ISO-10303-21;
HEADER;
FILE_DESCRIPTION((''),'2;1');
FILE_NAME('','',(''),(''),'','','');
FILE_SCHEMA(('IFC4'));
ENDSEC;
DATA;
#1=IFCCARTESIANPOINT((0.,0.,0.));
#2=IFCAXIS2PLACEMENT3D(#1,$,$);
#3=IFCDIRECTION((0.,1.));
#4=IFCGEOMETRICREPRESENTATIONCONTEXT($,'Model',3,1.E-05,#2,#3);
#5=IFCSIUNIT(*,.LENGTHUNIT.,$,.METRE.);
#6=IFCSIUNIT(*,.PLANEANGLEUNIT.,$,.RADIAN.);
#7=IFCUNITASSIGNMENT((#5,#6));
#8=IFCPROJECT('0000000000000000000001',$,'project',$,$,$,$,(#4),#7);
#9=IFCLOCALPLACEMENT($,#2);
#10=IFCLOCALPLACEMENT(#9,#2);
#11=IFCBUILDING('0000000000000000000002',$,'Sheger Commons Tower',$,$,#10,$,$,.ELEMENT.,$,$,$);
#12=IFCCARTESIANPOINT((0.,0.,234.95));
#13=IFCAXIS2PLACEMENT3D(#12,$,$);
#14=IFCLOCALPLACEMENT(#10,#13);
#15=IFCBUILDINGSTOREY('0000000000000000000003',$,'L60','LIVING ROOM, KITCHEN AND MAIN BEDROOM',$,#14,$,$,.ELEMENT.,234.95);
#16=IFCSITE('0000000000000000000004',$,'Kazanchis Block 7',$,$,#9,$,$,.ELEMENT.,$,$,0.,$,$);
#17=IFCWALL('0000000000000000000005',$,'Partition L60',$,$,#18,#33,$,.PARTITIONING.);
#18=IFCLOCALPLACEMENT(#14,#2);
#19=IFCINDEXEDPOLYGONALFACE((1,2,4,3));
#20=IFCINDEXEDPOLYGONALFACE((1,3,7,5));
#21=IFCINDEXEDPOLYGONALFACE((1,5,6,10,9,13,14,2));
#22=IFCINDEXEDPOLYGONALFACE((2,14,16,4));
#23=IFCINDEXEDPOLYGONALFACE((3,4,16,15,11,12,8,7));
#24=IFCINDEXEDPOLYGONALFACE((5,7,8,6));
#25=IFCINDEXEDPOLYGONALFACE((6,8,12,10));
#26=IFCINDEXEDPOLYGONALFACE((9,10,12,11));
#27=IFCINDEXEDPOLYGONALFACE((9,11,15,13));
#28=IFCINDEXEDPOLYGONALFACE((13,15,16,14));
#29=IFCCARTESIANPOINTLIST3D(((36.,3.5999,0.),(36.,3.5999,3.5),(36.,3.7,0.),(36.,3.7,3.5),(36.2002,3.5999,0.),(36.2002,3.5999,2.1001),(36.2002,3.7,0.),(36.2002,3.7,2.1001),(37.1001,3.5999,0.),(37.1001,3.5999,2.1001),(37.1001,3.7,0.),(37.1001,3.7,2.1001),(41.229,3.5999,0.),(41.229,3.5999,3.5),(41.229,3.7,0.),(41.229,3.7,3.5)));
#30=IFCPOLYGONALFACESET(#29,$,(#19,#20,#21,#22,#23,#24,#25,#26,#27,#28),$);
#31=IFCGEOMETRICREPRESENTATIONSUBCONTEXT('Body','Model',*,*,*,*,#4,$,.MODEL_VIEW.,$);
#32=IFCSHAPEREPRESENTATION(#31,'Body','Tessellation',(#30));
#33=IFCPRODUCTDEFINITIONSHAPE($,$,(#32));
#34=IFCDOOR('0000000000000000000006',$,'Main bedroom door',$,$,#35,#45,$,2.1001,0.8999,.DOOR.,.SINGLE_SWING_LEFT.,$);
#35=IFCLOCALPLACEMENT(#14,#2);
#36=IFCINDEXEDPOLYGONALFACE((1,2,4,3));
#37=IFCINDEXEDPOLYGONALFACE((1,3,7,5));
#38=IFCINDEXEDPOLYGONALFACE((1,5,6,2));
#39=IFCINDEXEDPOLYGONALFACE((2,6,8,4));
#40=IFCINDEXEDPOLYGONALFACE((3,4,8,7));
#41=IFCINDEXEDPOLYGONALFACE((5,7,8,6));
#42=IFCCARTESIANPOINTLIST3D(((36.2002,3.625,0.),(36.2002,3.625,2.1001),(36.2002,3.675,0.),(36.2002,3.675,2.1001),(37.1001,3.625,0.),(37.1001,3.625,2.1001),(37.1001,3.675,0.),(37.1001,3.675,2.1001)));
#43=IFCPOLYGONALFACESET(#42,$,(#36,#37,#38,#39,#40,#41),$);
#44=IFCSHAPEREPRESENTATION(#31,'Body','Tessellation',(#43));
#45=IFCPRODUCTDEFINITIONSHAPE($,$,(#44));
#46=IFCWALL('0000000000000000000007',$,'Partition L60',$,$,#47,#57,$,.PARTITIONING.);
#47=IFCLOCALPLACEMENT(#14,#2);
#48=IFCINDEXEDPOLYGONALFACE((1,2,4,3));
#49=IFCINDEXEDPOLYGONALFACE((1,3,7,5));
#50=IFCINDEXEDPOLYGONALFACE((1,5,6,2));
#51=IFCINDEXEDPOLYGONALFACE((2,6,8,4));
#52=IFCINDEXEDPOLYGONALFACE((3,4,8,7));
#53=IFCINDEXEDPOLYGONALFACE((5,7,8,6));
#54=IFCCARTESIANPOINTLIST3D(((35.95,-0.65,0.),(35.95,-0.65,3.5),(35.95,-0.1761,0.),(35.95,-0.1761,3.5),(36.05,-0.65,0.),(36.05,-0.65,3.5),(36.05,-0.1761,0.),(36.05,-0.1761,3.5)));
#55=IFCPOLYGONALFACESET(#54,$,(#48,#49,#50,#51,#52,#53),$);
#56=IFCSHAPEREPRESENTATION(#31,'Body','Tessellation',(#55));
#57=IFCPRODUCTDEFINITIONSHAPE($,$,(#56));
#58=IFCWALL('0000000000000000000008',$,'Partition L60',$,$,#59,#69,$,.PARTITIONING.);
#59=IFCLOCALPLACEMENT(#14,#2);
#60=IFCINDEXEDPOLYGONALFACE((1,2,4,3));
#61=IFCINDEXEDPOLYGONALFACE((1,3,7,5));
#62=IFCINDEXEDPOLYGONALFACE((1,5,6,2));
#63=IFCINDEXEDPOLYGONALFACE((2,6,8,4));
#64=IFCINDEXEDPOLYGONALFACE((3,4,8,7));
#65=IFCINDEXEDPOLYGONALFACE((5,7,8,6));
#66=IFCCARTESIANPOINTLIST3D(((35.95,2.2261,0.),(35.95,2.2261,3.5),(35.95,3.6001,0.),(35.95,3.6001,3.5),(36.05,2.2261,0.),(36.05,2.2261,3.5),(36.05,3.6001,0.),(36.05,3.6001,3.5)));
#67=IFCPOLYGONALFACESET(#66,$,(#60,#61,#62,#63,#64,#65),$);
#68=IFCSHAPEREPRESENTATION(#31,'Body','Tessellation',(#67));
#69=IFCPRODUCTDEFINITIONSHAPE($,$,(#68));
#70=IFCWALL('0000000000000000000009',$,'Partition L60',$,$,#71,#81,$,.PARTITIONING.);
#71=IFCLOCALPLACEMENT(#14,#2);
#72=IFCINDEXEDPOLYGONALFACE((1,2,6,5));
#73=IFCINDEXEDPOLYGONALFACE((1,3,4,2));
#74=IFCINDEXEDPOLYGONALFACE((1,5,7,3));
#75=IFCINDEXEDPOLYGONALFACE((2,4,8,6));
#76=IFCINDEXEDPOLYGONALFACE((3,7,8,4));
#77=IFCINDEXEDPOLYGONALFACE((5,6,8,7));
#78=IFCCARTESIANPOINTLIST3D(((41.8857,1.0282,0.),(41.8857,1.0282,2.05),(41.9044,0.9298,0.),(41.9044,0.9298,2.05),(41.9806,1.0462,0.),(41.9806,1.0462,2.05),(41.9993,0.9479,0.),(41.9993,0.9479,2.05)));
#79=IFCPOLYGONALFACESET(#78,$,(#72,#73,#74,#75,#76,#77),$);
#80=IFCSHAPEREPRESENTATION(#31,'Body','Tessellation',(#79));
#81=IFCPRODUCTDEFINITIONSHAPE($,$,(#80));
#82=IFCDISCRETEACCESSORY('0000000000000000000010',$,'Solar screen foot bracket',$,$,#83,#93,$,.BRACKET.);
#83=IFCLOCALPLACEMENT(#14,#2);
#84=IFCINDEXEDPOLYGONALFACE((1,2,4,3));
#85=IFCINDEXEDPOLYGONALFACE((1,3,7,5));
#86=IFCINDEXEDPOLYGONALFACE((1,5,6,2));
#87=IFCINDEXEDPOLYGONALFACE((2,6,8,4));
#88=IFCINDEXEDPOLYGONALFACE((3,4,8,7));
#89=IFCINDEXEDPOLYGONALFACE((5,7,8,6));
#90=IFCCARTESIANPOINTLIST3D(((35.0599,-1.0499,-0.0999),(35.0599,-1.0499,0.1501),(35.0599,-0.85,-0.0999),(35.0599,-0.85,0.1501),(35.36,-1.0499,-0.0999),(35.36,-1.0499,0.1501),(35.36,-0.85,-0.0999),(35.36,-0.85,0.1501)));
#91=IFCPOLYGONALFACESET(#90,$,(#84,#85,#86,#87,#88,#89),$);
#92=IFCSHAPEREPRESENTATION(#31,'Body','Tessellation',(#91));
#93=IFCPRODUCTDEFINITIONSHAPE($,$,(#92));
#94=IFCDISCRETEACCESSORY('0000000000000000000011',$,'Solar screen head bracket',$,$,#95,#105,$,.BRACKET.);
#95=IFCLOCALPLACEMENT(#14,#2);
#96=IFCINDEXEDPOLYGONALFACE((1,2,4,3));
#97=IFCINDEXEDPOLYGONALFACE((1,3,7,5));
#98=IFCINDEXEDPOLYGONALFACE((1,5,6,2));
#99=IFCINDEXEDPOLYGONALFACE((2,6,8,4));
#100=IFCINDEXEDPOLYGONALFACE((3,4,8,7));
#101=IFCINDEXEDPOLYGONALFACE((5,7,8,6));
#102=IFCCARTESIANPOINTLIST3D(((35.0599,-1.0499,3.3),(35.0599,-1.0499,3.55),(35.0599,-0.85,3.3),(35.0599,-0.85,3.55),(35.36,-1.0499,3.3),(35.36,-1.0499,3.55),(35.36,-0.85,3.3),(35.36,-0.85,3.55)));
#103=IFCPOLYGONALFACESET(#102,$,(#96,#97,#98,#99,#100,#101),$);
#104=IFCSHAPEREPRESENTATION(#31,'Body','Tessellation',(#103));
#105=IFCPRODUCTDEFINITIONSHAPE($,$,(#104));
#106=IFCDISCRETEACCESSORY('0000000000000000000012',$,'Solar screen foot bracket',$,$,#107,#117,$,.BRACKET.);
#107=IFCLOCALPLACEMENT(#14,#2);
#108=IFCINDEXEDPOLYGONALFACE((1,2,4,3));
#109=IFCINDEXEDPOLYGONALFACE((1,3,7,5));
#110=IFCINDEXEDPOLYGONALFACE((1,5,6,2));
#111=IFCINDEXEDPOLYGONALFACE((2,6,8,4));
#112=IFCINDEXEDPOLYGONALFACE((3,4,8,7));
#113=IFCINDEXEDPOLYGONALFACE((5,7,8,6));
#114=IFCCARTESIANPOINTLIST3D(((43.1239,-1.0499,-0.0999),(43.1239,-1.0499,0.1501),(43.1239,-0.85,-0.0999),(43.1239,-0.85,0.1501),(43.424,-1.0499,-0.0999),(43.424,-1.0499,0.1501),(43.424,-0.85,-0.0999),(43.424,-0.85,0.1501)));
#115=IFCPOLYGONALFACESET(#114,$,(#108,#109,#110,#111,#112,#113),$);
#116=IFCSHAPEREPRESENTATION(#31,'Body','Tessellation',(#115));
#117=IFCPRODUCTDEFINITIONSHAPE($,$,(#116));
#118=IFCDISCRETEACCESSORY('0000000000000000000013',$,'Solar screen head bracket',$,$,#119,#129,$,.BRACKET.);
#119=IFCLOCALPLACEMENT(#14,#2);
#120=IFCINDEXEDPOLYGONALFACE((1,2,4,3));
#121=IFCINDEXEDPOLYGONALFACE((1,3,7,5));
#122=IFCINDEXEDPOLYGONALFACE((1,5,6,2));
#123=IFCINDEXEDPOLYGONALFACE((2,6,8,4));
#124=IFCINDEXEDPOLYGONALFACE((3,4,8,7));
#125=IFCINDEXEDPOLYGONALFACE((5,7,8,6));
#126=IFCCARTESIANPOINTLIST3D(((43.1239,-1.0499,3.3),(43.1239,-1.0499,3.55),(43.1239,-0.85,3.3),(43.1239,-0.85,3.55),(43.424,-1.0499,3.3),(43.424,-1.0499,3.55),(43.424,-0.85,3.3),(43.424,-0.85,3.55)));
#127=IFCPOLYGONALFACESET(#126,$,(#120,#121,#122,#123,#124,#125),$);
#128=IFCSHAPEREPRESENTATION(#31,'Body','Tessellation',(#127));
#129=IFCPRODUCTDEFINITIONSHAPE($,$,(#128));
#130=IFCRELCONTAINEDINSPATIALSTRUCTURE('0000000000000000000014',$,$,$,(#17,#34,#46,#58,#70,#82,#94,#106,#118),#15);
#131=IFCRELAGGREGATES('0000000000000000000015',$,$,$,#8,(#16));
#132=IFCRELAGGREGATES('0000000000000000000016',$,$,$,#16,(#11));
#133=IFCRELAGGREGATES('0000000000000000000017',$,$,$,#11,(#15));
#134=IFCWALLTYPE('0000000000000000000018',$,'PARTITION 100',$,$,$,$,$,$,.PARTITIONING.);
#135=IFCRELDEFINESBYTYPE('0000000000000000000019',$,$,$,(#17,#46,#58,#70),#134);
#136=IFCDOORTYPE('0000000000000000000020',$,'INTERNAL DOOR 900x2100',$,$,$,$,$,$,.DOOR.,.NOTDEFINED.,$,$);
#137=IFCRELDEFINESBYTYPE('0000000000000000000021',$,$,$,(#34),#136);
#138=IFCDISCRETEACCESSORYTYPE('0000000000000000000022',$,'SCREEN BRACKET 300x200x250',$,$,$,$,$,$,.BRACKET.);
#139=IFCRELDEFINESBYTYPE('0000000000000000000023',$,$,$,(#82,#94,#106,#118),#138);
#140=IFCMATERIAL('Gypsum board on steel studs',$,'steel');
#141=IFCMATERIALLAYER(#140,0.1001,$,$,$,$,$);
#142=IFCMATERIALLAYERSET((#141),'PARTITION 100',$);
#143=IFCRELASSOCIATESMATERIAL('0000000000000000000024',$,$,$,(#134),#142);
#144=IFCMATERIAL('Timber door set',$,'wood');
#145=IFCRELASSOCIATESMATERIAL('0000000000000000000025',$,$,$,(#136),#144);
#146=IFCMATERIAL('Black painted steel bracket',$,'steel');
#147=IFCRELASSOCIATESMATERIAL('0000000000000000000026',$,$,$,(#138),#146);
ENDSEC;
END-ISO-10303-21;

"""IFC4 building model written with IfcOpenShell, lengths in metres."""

from ifc_helpers import new_model, si_unit, direction, frame, frame_2d, origin, origin_2d, place, context, subcontext, project, spatial, rectangle, extrude, material, layer, layer_set, type_object, element, fill, save


model = new_model("IFC4")

# Units and contexts
model_context = context("Model", 3, precision=1e-05, world=origin(), true_north=direction((0.0, 1.0)))
body_context = subcontext(model_context, "Body", "Model", "MODEL_VIEW")
ifc_project = project(units=[si_unit("LENGTHUNIT", "METRE"), si_unit("PLANEANGLEUNIT", "RADIAN")], contexts=[model_context])

# Site, building, storey
site_placement = place(None, origin())
site = spatial("IfcSite", under=ifc_project, at=site_placement, Name="Kazanchis Block 7", CompositionType="ELEMENT", RefElevation=0.0)
building_placement = place(site_placement, origin())
building = spatial("IfcBuilding", under=site, at=building_placement, Name="Sheger Commons Tower", CompositionType="ELEMENT")
storey_placement = place(building_placement, frame((0.0, 0.0, 234.95)))
storey = spatial("IfcBuildingStorey", under=building, at=storey_placement, Name="L60", Description="LIVING ROOM, KITCHEN AND MAIN BEDROOM", CompositionType="ELEMENT", Elevation=234.95)

# Shared definitions
ifc_material_1 = material(Name="Gypsum board on steel studs", Category="steel")
ifc_layer_1 = layer(ifc_material_1, 0.1001)
ifc_layer_set_1 = layer_set([ifc_layer_1], Name="PARTITION 100")
wall_type_1 = type_object("IfcWallType", Name="PARTITION 100", PredefinedType="PARTITIONING", material=ifc_layer_set_1)
ifc_material_2 = material(Name="Timber door set", Category="wood")
door_type = type_object("IfcDoorType", Name="INTERNAL DOOR 900x2100", OperationType="NOTDEFINED", PredefinedType="DOOR", material=ifc_material_2)

# Wall, opening, door
wall_1_placement = place(storey_placement, frame((41.229, 3.6499, 0.0), z_axis=(0.0, 0.0, 1.0), x_axis=(-1.0, 0.0, 0.0)))
wall_1 = element("IfcWall", 1, at=wall_1_placement, inside=storey, type_object=wall_type_1, Name="Partition L60", PredefinedType="PARTITIONING", context=body_context, shape_type="SweptSolid", body=[
    extrude(rectangle(XDim=5.229, YDim=0.1001, at=frame_2d((2.6145, 0.0))), origin(), (0.0, 0.0, 1.0), 3.5),
])
opening_1_placement = place(wall_1_placement, frame((4.1289, 0.0, 0.0)))
opening_1 = element("IfcOpeningElement", 2, at=opening_1_placement, cuts=wall_1, PredefinedType="OPENING", context=body_context, shape_type="SweptSolid", body=[
    extrude(rectangle(XDim=0.8999, YDim=2.1001, at=frame_2d((0.45, 1.05))), frame((0.0, 0.0601, 0.0), z_axis=(0.0, -1.0, 0.0), x_axis=(1.0, 0.0, 0.0)), (0.0, 0.0, 1.0), 0.1201),
])
door_1_placement = place(opening_1_placement, origin())
door_1 = element("IfcDoor", 3, at=door_1_placement, inside=storey, type_object=door_type, Name="Main bedroom door", OperationType="SINGLE_SWING_LEFT", OverallHeight=2.1001, OverallWidth=0.8999, PredefinedType="DOOR", context=body_context, shape_type="SweptSolid", body=[
    extrude(rectangle(XDim=0.8999, YDim=2.1001, at=frame_2d((0.45, 1.05))), frame((0.0, 0.0249, 0.0), z_axis=(0.0, -1.0, 0.0), x_axis=(1.0, 0.0, 0.0)), (0.0, 0.0, 1.0), 0.05),
])
fill(opening_1, door_1)

# Walls
wall_2_placement = place(storey_placement, frame((36.0, -0.6499, 0.0), z_axis=(0.0, 0.0, 1.0), x_axis=(0.0, 1.0, 0.0)))
element("IfcWall", 4, at=wall_2_placement, inside=storey, type_object=wall_type_1, Name="Partition L60", PredefinedType="PARTITIONING", context=body_context, shape_type="SweptSolid", body=[
    extrude(rectangle(XDim=0.4739, YDim=0.1001, at=frame_2d((0.2368, 0.0))), origin(), (0.0, 0.0, 1.0), 3.5),
])
wall_3_placement = place(storey_placement, frame((36.0, 2.2261, 0.0), z_axis=(0.0, 0.0, 1.0), x_axis=(0.0, 1.0, 0.0)))
element("IfcWall", 5, at=wall_3_placement, inside=storey, type_object=wall_type_1, Name="Partition L60", PredefinedType="PARTITIONING", context=body_context, shape_type="SweptSolid", body=[
    extrude(rectangle(XDim=1.374, YDim=0.1001, at=frame_2d((0.687, 0.0))), origin(), (0.0, 0.0, 1.0), 3.5),
])
wall_4_placement = place(storey_placement, frame((41.99, 0.9971, 0.0), z_axis=(0.0, 0.0, 1.0), x_axis=(-0.982383, -0.18688, 0.0)))
element("IfcWall", 6, at=wall_4_placement, inside=storey, type_object=wall_type_1, Name="Partition L60", PredefinedType="PARTITIONING", context=body_context, shape_type="SweptSolid", body=[
    extrude(rectangle(XDim=0.0967, YDim=0.1001, at=frame_2d((0.0483, 0.0))), origin(), (0.0, 0.0, 1.0), 2.05),
])

# Discrete accessories
ifc_material_3 = material(Name="Black painted steel bracket", Category="steel")
discrete_accessory_type = type_object("IfcDiscreteAccessoryType", Name="SCREEN BRACKET 300x200x250", PredefinedType="BRACKET", material=ifc_material_3)
for number, where, z_axis, x_axis, name in (
    (7, (35.21, -0.95, -0.0999), (0.0, 0.0, 1.0), (1.0, 0.0, 0.0), "Solar screen foot bracket"),
    (8, (35.21, -0.95, 3.3), (0.0, 0.0, 1.0), (1.0, 0.0, 0.0), "Solar screen head bracket"),
    (9, (43.2739, -0.95, -0.0999), (0.0, 0.0, 1.0), (1.0, 0.0, 0.0), "Solar screen foot bracket"),
    (10, (43.2739, -0.95, 3.3), (0.0, 0.0, 1.0), (1.0, 0.0, 0.0), "Solar screen head bracket"),
):
    element("IfcDiscreteAccessory", number, at=place(storey_placement, frame(where, z_axis=z_axis, x_axis=x_axis)), inside=storey, type_object=discrete_accessory_type, Name=name, PredefinedType="BRACKET", context=body_context, shape_type="SweptSolid", body=[
        extrude(rectangle(XDim=0.3, YDim=0.2, at=origin_2d()), origin(), (0.0, 0.0, 1.0), 0.25),
    ])

save(model, "model.ifc")
